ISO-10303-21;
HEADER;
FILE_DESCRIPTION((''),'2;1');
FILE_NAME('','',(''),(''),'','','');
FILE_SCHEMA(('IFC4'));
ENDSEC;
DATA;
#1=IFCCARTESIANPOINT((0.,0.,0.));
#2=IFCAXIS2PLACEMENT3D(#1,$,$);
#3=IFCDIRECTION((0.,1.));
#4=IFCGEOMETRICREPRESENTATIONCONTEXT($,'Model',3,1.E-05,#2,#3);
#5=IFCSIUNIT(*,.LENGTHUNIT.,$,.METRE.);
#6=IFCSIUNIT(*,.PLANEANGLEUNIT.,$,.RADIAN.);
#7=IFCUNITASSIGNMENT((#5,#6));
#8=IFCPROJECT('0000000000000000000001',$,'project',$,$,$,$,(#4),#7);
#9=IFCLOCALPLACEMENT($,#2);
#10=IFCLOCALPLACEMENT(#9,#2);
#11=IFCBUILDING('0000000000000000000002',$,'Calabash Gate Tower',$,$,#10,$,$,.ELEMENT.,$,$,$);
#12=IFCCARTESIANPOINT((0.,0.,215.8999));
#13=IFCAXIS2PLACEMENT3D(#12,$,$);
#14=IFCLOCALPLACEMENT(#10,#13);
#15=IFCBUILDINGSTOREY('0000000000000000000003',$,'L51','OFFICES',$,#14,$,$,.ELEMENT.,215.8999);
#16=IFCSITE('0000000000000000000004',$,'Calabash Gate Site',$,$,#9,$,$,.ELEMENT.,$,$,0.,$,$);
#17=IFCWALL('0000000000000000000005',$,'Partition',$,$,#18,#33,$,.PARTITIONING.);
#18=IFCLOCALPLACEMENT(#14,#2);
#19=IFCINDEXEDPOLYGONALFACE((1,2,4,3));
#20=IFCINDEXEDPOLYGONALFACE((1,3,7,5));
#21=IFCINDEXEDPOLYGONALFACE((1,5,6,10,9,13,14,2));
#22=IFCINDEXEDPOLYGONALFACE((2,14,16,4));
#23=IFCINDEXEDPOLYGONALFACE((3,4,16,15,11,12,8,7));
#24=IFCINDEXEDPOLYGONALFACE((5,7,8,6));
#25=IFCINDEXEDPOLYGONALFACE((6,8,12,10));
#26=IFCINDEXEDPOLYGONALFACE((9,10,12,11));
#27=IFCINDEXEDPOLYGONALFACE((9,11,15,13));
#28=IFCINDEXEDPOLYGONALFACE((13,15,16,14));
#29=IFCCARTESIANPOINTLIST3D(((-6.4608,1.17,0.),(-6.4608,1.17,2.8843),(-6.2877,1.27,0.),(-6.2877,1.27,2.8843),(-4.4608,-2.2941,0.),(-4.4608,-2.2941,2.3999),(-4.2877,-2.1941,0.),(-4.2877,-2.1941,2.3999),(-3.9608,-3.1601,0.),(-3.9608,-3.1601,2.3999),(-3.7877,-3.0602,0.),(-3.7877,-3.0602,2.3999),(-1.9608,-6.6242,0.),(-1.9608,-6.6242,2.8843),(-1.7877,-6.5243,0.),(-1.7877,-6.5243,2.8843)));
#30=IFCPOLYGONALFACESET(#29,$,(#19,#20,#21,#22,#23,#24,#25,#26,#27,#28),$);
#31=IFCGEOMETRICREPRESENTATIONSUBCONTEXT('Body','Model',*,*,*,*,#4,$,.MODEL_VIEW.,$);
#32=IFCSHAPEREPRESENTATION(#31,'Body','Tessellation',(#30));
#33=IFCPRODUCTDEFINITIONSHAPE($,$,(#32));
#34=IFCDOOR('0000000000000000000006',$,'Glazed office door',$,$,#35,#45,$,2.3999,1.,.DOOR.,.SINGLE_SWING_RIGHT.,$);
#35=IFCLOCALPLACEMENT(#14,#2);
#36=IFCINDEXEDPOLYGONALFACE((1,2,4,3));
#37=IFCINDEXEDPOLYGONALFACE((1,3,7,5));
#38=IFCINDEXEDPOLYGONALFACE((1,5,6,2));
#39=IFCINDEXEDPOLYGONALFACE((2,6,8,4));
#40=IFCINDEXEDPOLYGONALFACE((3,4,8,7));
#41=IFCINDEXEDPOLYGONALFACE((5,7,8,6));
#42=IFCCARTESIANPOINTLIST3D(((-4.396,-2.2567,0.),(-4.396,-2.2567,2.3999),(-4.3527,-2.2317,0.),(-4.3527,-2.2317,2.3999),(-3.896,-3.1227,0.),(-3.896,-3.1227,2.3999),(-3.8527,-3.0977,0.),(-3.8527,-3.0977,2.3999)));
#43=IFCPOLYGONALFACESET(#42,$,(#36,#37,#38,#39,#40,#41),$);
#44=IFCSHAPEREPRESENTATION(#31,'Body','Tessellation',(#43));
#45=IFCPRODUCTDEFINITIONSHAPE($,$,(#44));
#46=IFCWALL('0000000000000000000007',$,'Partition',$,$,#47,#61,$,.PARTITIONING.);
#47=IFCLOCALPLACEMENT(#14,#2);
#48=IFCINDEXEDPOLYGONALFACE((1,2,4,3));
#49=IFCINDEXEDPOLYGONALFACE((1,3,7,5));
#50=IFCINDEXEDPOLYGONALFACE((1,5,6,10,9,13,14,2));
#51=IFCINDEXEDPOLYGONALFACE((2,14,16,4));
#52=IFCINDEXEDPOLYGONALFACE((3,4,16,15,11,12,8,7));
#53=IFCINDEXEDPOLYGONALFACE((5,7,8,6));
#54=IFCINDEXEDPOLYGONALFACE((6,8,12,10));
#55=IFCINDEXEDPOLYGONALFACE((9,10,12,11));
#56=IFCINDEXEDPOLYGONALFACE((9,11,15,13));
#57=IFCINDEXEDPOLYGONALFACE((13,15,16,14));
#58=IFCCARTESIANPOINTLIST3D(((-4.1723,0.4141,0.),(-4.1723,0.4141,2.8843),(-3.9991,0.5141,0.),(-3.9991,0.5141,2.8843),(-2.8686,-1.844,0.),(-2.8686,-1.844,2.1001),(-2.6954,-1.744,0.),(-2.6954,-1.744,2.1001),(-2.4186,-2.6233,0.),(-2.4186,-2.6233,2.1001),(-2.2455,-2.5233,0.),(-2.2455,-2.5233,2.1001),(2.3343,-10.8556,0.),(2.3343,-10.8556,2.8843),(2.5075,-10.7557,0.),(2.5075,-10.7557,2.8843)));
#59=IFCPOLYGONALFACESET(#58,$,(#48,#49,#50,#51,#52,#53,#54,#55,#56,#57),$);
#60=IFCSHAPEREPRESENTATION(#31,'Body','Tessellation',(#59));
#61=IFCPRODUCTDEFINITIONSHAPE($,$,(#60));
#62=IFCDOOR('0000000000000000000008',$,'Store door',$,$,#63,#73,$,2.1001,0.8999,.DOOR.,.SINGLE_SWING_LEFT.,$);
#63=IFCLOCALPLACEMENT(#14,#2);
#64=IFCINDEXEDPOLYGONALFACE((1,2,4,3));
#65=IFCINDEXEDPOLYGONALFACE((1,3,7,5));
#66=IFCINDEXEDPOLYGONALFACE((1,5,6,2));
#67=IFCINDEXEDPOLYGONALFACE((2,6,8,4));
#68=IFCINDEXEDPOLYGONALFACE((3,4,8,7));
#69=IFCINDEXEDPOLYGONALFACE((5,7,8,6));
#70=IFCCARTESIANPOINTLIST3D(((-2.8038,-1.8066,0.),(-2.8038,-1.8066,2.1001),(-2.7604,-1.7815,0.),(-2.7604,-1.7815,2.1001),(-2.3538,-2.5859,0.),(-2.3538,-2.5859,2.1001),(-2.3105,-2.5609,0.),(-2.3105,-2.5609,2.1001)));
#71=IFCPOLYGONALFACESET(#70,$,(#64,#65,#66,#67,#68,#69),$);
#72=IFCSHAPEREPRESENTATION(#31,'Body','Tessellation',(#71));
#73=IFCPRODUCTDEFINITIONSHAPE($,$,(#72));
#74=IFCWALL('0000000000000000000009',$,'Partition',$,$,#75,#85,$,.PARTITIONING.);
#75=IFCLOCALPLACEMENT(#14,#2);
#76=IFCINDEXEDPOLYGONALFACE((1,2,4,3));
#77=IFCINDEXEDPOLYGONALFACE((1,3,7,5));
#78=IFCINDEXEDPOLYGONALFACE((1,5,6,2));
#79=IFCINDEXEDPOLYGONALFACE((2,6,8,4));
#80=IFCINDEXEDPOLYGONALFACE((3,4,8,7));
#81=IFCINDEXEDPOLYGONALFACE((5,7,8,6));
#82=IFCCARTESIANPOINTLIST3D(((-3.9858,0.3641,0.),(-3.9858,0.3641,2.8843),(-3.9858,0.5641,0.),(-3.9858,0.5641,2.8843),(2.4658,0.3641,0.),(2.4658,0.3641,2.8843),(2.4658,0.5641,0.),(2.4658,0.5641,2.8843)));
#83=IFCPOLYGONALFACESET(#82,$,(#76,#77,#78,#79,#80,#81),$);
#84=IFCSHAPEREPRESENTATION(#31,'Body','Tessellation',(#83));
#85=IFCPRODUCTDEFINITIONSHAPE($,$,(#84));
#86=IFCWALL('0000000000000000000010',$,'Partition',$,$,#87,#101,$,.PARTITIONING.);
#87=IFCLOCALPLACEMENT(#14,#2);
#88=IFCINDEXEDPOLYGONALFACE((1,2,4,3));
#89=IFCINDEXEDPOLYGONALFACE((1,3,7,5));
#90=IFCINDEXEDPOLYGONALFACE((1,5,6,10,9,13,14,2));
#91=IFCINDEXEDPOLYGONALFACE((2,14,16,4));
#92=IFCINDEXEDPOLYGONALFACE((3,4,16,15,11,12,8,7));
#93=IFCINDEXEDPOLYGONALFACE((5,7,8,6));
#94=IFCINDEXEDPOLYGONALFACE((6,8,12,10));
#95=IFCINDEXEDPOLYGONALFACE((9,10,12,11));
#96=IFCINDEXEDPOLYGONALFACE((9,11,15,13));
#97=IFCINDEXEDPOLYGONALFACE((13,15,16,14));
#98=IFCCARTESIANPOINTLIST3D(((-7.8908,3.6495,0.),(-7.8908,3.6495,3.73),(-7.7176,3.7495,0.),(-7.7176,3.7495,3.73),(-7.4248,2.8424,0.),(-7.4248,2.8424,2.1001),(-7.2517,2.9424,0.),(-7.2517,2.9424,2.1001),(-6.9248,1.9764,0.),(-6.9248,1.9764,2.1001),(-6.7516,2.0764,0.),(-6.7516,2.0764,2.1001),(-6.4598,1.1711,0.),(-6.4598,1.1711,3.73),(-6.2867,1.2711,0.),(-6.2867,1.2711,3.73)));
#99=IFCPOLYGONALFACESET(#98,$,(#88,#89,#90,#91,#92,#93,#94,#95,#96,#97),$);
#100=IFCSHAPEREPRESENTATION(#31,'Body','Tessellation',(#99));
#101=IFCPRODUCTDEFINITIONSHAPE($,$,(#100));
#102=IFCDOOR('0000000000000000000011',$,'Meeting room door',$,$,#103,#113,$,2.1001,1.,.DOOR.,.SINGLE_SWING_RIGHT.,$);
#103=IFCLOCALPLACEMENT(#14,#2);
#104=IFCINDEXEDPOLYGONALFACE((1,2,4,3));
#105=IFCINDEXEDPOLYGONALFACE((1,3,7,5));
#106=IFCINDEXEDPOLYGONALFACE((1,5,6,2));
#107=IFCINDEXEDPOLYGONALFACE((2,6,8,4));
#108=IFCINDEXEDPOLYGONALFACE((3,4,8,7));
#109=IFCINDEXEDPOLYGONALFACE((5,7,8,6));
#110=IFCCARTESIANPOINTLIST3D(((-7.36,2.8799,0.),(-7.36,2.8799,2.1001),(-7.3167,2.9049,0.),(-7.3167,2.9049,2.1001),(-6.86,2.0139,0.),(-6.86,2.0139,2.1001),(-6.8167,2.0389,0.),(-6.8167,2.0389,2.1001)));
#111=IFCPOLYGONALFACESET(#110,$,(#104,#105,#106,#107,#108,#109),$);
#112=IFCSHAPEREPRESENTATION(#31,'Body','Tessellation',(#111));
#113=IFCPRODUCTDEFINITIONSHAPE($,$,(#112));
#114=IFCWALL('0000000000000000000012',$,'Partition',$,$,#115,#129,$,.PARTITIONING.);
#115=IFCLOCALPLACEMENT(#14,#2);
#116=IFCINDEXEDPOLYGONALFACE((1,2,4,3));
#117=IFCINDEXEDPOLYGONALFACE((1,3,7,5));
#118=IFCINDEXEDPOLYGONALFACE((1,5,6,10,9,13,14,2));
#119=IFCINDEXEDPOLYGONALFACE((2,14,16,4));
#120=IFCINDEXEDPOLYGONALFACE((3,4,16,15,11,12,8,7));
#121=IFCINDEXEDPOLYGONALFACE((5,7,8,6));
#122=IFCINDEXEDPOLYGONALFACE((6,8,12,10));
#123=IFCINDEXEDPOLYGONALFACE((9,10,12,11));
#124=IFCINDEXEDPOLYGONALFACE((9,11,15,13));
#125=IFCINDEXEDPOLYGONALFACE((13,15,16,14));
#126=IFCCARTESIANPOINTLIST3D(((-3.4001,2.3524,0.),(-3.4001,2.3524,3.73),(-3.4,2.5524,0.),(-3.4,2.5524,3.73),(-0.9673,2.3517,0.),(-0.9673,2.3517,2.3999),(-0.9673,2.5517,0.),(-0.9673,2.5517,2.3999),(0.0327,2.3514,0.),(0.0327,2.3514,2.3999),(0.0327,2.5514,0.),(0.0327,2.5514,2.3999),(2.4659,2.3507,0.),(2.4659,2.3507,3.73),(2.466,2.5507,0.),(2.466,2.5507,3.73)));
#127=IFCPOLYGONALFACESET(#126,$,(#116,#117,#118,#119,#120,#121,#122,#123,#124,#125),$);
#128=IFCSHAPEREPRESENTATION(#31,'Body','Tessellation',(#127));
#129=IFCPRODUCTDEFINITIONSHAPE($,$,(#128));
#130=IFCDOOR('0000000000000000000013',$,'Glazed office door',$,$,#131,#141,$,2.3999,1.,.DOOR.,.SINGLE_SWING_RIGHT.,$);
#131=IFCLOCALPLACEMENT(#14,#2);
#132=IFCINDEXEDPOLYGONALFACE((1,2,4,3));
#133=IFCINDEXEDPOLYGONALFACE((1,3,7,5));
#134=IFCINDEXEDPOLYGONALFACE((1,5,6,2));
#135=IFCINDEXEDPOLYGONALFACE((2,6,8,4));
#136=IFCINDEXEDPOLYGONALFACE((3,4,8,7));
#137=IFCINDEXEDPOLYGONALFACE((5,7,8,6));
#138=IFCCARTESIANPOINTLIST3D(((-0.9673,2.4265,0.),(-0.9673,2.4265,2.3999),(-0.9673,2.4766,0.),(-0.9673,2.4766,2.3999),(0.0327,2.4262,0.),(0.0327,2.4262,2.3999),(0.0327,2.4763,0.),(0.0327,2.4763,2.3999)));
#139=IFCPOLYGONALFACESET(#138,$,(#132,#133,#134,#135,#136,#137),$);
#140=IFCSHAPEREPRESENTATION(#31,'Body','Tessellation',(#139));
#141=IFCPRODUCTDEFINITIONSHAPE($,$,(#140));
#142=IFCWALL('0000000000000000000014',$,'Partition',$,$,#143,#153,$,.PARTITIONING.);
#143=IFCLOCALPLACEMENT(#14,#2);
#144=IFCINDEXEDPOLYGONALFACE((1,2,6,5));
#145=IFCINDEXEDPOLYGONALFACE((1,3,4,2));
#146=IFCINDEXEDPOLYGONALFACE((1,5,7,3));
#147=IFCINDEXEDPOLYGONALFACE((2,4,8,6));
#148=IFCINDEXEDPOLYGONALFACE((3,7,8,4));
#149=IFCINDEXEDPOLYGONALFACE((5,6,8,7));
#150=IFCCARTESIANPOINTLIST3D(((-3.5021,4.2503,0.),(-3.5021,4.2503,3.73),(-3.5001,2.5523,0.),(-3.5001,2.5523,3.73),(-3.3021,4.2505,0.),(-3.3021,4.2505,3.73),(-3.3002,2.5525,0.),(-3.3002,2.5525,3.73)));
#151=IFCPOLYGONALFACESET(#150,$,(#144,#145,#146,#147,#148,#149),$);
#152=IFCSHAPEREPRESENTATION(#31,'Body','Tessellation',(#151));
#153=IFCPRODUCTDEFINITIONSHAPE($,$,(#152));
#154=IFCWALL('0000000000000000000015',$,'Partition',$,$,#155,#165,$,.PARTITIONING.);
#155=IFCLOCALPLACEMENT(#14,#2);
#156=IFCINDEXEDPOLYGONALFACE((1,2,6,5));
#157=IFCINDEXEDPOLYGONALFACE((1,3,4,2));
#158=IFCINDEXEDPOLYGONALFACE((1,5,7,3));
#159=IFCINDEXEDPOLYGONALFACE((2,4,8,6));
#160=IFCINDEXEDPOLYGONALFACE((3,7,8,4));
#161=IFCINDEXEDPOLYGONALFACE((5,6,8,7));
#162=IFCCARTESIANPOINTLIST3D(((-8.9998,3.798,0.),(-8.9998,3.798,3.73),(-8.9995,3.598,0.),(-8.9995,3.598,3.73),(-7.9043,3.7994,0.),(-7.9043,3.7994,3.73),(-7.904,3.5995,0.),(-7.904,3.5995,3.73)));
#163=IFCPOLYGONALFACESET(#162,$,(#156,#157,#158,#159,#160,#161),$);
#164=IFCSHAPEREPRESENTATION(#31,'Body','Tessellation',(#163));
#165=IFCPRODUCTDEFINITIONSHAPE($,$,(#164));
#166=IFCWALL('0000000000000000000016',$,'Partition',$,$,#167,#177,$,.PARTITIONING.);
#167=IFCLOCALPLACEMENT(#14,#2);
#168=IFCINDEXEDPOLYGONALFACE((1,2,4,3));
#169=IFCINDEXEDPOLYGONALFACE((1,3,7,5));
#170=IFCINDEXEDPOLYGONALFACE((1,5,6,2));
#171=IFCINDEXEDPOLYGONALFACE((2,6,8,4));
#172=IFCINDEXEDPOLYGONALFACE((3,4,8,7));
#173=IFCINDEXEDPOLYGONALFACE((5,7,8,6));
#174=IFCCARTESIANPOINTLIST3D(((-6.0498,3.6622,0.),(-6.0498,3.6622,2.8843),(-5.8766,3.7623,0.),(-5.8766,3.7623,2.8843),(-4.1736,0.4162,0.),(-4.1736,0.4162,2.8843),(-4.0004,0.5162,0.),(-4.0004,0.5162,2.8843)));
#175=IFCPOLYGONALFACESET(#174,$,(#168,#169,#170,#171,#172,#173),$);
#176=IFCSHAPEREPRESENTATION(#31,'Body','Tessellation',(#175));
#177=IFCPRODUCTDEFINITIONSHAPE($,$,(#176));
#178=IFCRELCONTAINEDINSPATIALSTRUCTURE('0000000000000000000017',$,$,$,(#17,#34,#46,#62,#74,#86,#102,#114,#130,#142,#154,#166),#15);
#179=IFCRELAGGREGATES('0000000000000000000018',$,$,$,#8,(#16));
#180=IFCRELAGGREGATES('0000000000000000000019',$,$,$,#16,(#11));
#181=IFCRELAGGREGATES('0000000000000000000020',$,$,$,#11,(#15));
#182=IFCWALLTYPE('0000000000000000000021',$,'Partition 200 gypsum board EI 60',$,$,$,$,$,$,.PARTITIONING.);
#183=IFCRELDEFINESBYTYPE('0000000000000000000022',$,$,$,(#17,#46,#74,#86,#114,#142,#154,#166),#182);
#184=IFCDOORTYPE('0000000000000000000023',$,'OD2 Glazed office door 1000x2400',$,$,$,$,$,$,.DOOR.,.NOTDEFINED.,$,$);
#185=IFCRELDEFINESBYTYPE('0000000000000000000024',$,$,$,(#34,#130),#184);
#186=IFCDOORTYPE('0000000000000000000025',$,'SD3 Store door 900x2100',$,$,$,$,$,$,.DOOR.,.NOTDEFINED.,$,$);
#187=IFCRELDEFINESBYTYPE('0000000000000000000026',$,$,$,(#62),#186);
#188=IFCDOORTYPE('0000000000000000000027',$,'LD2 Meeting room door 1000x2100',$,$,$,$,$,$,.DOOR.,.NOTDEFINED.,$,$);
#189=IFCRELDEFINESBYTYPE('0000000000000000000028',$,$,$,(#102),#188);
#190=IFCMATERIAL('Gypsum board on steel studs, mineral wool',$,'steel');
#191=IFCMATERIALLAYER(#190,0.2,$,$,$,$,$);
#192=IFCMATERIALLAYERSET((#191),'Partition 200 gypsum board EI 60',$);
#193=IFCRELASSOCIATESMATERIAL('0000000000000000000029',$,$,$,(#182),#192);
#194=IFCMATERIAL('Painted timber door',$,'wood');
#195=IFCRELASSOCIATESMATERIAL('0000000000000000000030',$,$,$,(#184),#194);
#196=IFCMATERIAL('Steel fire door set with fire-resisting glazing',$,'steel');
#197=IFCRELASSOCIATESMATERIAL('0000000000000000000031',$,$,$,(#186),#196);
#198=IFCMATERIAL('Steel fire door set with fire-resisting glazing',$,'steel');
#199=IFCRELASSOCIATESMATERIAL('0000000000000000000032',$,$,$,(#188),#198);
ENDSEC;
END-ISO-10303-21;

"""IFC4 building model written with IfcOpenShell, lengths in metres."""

from ifc_helpers import new_model, si_unit, direction, frame, frame_2d, origin, place, context, subcontext, project, spatial, rectangle, extrude, material, layer, layer_set, type_object, element, fill, save


model = new_model("IFC4")

# Units and contexts
model_context = context("Model", 3, precision=1e-05, world=origin(), true_north=direction((0.0, 1.0)))
body_context = subcontext(model_context, "Body", "Model", "MODEL_VIEW")
ifc_project = project(units=[si_unit("LENGTHUNIT", "METRE"), si_unit("PLANEANGLEUNIT", "RADIAN")], contexts=[model_context])

# Site, building, storey
site_placement = place(None, origin())
site = spatial("IfcSite", under=ifc_project, at=site_placement, Name="Calabash Gate Site", CompositionType="ELEMENT", RefElevation=0.0)
building_placement = place(site_placement, origin())
building = spatial("IfcBuilding", under=site, at=building_placement, Name="Calabash Gate Tower", CompositionType="ELEMENT")
storey_placement = place(building_placement, frame((0.0, 0.0, 215.8999)))
storey = spatial("IfcBuildingStorey", under=building, at=storey_placement, Name="L51", Description="OFFICES", CompositionType="ELEMENT", Elevation=215.8999)

# Walls, openings, doors
ifc_material_1 = material(Name="Gypsum board on steel studs, mineral wool", Category="steel")
ifc_layer_1 = layer(ifc_material_1, 0.2)
ifc_layer_set_1 = layer_set([ifc_layer_1], Name="Partition 200 gypsum board EI 60")
wall_type_1 = type_object("IfcWallType", Name="Partition 200 gypsum board EI 60", PredefinedType="PARTITIONING", material=ifc_layer_set_1)
wall_1_placement = place(storey_placement, frame((-6.3743, 1.22, 0.0), z_axis=(0.0, 0.0, 1.0), x_axis=(0.500002, -0.866024, 0.0)))
wall_1 = element("IfcWall", 1, at=wall_1_placement, inside=storey, type_object=wall_type_1, Name="Partition", PredefinedType="PARTITIONING", context=body_context, shape_type="SweptSolid", body=[
    extrude(rectangle(XDim=9.0, YDim=0.2, at=frame_2d((4.5, 0.0))), origin(), (0.0, 0.0, 1.0), 2.8843),
])
opening_1_placement = place(wall_1_placement, frame((4.0, 0.0, 0.0)))
opening_1 = element("IfcOpeningElement", 2, at=opening_1_placement, cuts=wall_1, PredefinedType="OPENING", context=body_context, shape_type="SweptSolid", body=[
    extrude(rectangle(XDim=1.0, YDim=2.3999, at=frame_2d((0.5, 1.2))), frame((0.0, 0.1099, 0.0), z_axis=(0.0, -1.0, 0.0), x_axis=(1.0, 0.0, 0.0)), (0.0, 0.0, 1.0), 0.22),
])
ifc_material_2 = material(Name="Painted timber door", Category="wood")
door_type_1 = type_object("IfcDoorType", Name="OD2 Glazed office door 1000x2400", OperationType="NOTDEFINED", PredefinedType="DOOR", material=ifc_material_2)
door_1_placement = place(opening_1_placement, origin())
door_1 = element("IfcDoor", 3, at=door_1_placement, inside=storey, type_object=door_type_1, Name="Glazed office door", OperationType="SINGLE_SWING_RIGHT", OverallHeight=2.3999, OverallWidth=1.0, PredefinedType="DOOR", context=body_context, shape_type="SweptSolid", body=[
    extrude(rectangle(XDim=1.0, YDim=2.3999, at=frame_2d((0.5, 1.2))), frame((0.0, 0.0249, 0.0), z_axis=(0.0, -1.0, 0.0), x_axis=(1.0, 0.0, 0.0)), (0.0, 0.0, 1.0), 0.05),
])
fill(opening_1, door_1)
wall_2_placement = place(storey_placement, frame((-4.0857, 0.4641, 0.0), z_axis=(0.0, 0.0, 1.0), x_axis=(0.499999, -0.866026, 0.0)))
wall_2 = element("IfcWall", 4, at=wall_2_placement, inside=storey, type_object=wall_type_1, Name="Partition", PredefinedType="PARTITIONING", context=body_context, shape_type="SweptSolid", body=[
    extrude(rectangle(XDim=13.0132, YDim=0.2, at=frame_2d((6.5066, 0.0))), origin(), (0.0, 0.0, 1.0), 2.8843),
])
opening_2_placement = place(wall_2_placement, frame((2.6074, 0.0, 0.0)))
opening_2 = element("IfcOpeningElement", 5, at=opening_2_placement, cuts=wall_2, PredefinedType="OPENING", context=body_context, shape_type="SweptSolid", body=[
    extrude(rectangle(XDim=0.8999, YDim=2.1001, at=frame_2d((0.45, 1.05))), frame((0.0, 0.1099, 0.0), z_axis=(0.0, -1.0, 0.0), x_axis=(1.0, 0.0, 0.0)), (0.0, 0.0, 1.0), 0.22),
])
ifc_material_3 = material(Name="Steel fire door set with fire-resisting glazing", Category="steel")
door_type_2 = type_object("IfcDoorType", Name="SD3 Store door 900x2100", OperationType="NOTDEFINED", PredefinedType="DOOR", material=ifc_material_3)
door_2_placement = place(opening_2_placement, origin())
door_2 = element("IfcDoor", 6, at=door_2_placement, inside=storey, type_object=door_type_2, Name="Store door", OperationType="SINGLE_SWING_LEFT", OverallHeight=2.1001, OverallWidth=0.8999, PredefinedType="DOOR", context=body_context, shape_type="SweptSolid", body=[
    extrude(rectangle(XDim=0.8999, YDim=2.1001, at=frame_2d((0.45, 1.05))), frame((0.0, 0.0249, 0.0), z_axis=(0.0, -1.0, 0.0), x_axis=(1.0, 0.0, 0.0)), (0.0, 0.0, 1.0), 0.05),
])
fill(opening_2, door_2)

# Wall
wall_3_placement = place(storey_placement, frame((-3.9858, 0.4641, 0.0), z_axis=(0.0, 0.0, 1.0), x_axis=(1.0, 0.0, 0.0)))
element("IfcWall", 7, at=wall_3_placement, inside=storey, type_object=wall_type_1, Name="Partition", PredefinedType="PARTITIONING", context=body_context, shape_type="SweptSolid", body=[
    extrude(rectangle(XDim=6.4517, YDim=0.2, at=frame_2d((3.2258, 0.0))), origin(), (0.0, 0.0, 1.0), 2.8843),
])

# Walls, openings, doors
wall_4_placement = place(storey_placement, frame((-7.8042, 3.6995, 0.0), z_axis=(0.0, 0.0, 1.0), x_axis=(0.50002, -0.866014, 0.0)))
wall_4 = element("IfcWall", 8, at=wall_4_placement, inside=storey, type_object=wall_type_1, Name="Partition", PredefinedType="PARTITIONING", context=body_context, shape_type="SweptSolid", body=[
    extrude(rectangle(XDim=2.8618, YDim=0.2, at=frame_2d((1.4309, 0.0))), origin(), (0.0, 0.0, 1.0), 3.73),
])
opening_3_placement = place(wall_4_placement, frame((0.9319, 0.0, 0.0)))
opening_3 = element("IfcOpeningElement", 9, at=opening_3_placement, cuts=wall_4, PredefinedType="OPENING", context=body_context, shape_type="SweptSolid", body=[
    extrude(rectangle(XDim=1.0, YDim=2.1001, at=frame_2d((0.5, 1.05))), frame((0.0, 0.1099, 0.0), z_axis=(0.0, -1.0, 0.0), x_axis=(1.0, 0.0, 0.0)), (0.0, 0.0, 1.0), 0.22),
])
ifc_material_4 = material(Name="Steel fire door set with fire-resisting glazing", Category="steel")
door_type_3 = type_object("IfcDoorType", Name="LD2 Meeting room door 1000x2100", OperationType="NOTDEFINED", PredefinedType="DOOR", material=ifc_material_4)
door_3_placement = place(opening_3_placement, origin())
door_3 = element("IfcDoor", 10, at=door_3_placement, inside=storey, type_object=door_type_3, Name="Meeting room door", OperationType="SINGLE_SWING_RIGHT", OverallHeight=2.1001, OverallWidth=1.0, PredefinedType="DOOR", context=body_context, shape_type="SweptSolid", body=[
    extrude(rectangle(XDim=1.0, YDim=2.1001, at=frame_2d((0.5, 1.05))), frame((0.0, 0.0249, 0.0), z_axis=(0.0, -1.0, 0.0), x_axis=(1.0, 0.0, 0.0)), (0.0, 0.0, 1.0), 0.05),
])
fill(opening_3, door_3)
wall_5_placement = place(storey_placement, frame((-3.4001, 2.4524, 0.0), z_axis=(0.0, 0.0, 1.0), x_axis=(1.0, -0.000291, 0.0)))
wall_5 = element("IfcWall", 11, at=wall_5_placement, inside=storey, type_object=wall_type_1, Name="Partition", PredefinedType="PARTITIONING", context=body_context, shape_type="SweptSolid", body=[
    extrude(rectangle(XDim=5.866, YDim=0.2, at=frame_2d((2.9331, 0.0))), origin(), (0.0, 0.0, 1.0), 3.73),
])
opening_4_placement = place(wall_5_placement, frame((2.4329, 0.0, 0.0)))
opening_4 = element("IfcOpeningElement", 12, at=opening_4_placement, cuts=wall_5, PredefinedType="OPENING", context=body_context, shape_type="SweptSolid", body=[
    extrude(rectangle(XDim=1.0, YDim=2.3999, at=frame_2d((0.5, 1.2))), frame((0.0, 0.1099, 0.0), z_axis=(0.0, -1.0, 0.0), x_axis=(1.0, 0.0, 0.0)), (0.0, 0.0, 1.0), 0.22),
])
door_4_placement = place(opening_4_placement, origin())
door_4 = element("IfcDoor", 13, at=door_4_placement, inside=storey, type_object=door_type_1, Name="Glazed office door", OperationType="SINGLE_SWING_RIGHT", OverallHeight=2.3999, OverallWidth=1.0, PredefinedType="DOOR", context=body_context, shape_type="SweptSolid", body=[
    extrude(rectangle(XDim=1.0, YDim=2.3999, at=frame_2d((0.5, 1.2))), frame((0.0, 0.0249, 0.0), z_axis=(0.0, -1.0, 0.0), x_axis=(1.0, 0.0, 0.0)), (0.0, 0.0, 1.0), 0.05),
])
fill(opening_4, door_4)

# Walls
wall_6_placement = place(storey_placement, frame((-3.4021, 4.2505, 0.0), z_axis=(0.0, 0.0, 1.0), x_axis=(0.00115, -0.999999, 0.0)))
element("IfcWall", 14, at=wall_6_placement, inside=storey, type_object=wall_type_1, Name="Partition", PredefinedType="PARTITIONING", context=body_context, shape_type="SweptSolid", body=[
    extrude(rectangle(XDim=1.698, YDim=0.2, at=frame_2d((0.8491, 0.0))), origin(), (0.0, 0.0, 1.0), 3.73),
])
wall_7_placement = place(storey_placement, frame((-8.9998, 3.698, 0.0), z_axis=(0.0, 0.0, 1.0), x_axis=(0.999999, 0.001337, 0.0)))
element("IfcWall", 15, at=wall_7_placement, inside=storey, type_object=wall_type_1, Name="Partition", PredefinedType="PARTITIONING", context=body_context, shape_type="SweptSolid", body=[
    extrude(rectangle(XDim=1.0955, YDim=0.2, at=frame_2d((0.5479, 0.0))), origin(), (0.0, 0.0, 1.0), 3.73),
])
wall_8_placement = place(storey_placement, frame((-5.9631, 3.7122, 0.0), z_axis=(0.0, 0.0, 1.0), x_axis=(0.500418, -0.865784, 0.0)))
element("IfcWall", 16, at=wall_8_placement, inside=storey, type_object=wall_type_1, Name="Partition", PredefinedType="PARTITIONING", context=body_context, shape_type="SweptSolid", body=[
    extrude(rectangle(XDim=3.7493, YDim=0.2, at=frame_2d((1.8745, 0.0))), origin(), (0.0, 0.0, 1.0), 2.8843),
])

save(model, "model.ifc")
